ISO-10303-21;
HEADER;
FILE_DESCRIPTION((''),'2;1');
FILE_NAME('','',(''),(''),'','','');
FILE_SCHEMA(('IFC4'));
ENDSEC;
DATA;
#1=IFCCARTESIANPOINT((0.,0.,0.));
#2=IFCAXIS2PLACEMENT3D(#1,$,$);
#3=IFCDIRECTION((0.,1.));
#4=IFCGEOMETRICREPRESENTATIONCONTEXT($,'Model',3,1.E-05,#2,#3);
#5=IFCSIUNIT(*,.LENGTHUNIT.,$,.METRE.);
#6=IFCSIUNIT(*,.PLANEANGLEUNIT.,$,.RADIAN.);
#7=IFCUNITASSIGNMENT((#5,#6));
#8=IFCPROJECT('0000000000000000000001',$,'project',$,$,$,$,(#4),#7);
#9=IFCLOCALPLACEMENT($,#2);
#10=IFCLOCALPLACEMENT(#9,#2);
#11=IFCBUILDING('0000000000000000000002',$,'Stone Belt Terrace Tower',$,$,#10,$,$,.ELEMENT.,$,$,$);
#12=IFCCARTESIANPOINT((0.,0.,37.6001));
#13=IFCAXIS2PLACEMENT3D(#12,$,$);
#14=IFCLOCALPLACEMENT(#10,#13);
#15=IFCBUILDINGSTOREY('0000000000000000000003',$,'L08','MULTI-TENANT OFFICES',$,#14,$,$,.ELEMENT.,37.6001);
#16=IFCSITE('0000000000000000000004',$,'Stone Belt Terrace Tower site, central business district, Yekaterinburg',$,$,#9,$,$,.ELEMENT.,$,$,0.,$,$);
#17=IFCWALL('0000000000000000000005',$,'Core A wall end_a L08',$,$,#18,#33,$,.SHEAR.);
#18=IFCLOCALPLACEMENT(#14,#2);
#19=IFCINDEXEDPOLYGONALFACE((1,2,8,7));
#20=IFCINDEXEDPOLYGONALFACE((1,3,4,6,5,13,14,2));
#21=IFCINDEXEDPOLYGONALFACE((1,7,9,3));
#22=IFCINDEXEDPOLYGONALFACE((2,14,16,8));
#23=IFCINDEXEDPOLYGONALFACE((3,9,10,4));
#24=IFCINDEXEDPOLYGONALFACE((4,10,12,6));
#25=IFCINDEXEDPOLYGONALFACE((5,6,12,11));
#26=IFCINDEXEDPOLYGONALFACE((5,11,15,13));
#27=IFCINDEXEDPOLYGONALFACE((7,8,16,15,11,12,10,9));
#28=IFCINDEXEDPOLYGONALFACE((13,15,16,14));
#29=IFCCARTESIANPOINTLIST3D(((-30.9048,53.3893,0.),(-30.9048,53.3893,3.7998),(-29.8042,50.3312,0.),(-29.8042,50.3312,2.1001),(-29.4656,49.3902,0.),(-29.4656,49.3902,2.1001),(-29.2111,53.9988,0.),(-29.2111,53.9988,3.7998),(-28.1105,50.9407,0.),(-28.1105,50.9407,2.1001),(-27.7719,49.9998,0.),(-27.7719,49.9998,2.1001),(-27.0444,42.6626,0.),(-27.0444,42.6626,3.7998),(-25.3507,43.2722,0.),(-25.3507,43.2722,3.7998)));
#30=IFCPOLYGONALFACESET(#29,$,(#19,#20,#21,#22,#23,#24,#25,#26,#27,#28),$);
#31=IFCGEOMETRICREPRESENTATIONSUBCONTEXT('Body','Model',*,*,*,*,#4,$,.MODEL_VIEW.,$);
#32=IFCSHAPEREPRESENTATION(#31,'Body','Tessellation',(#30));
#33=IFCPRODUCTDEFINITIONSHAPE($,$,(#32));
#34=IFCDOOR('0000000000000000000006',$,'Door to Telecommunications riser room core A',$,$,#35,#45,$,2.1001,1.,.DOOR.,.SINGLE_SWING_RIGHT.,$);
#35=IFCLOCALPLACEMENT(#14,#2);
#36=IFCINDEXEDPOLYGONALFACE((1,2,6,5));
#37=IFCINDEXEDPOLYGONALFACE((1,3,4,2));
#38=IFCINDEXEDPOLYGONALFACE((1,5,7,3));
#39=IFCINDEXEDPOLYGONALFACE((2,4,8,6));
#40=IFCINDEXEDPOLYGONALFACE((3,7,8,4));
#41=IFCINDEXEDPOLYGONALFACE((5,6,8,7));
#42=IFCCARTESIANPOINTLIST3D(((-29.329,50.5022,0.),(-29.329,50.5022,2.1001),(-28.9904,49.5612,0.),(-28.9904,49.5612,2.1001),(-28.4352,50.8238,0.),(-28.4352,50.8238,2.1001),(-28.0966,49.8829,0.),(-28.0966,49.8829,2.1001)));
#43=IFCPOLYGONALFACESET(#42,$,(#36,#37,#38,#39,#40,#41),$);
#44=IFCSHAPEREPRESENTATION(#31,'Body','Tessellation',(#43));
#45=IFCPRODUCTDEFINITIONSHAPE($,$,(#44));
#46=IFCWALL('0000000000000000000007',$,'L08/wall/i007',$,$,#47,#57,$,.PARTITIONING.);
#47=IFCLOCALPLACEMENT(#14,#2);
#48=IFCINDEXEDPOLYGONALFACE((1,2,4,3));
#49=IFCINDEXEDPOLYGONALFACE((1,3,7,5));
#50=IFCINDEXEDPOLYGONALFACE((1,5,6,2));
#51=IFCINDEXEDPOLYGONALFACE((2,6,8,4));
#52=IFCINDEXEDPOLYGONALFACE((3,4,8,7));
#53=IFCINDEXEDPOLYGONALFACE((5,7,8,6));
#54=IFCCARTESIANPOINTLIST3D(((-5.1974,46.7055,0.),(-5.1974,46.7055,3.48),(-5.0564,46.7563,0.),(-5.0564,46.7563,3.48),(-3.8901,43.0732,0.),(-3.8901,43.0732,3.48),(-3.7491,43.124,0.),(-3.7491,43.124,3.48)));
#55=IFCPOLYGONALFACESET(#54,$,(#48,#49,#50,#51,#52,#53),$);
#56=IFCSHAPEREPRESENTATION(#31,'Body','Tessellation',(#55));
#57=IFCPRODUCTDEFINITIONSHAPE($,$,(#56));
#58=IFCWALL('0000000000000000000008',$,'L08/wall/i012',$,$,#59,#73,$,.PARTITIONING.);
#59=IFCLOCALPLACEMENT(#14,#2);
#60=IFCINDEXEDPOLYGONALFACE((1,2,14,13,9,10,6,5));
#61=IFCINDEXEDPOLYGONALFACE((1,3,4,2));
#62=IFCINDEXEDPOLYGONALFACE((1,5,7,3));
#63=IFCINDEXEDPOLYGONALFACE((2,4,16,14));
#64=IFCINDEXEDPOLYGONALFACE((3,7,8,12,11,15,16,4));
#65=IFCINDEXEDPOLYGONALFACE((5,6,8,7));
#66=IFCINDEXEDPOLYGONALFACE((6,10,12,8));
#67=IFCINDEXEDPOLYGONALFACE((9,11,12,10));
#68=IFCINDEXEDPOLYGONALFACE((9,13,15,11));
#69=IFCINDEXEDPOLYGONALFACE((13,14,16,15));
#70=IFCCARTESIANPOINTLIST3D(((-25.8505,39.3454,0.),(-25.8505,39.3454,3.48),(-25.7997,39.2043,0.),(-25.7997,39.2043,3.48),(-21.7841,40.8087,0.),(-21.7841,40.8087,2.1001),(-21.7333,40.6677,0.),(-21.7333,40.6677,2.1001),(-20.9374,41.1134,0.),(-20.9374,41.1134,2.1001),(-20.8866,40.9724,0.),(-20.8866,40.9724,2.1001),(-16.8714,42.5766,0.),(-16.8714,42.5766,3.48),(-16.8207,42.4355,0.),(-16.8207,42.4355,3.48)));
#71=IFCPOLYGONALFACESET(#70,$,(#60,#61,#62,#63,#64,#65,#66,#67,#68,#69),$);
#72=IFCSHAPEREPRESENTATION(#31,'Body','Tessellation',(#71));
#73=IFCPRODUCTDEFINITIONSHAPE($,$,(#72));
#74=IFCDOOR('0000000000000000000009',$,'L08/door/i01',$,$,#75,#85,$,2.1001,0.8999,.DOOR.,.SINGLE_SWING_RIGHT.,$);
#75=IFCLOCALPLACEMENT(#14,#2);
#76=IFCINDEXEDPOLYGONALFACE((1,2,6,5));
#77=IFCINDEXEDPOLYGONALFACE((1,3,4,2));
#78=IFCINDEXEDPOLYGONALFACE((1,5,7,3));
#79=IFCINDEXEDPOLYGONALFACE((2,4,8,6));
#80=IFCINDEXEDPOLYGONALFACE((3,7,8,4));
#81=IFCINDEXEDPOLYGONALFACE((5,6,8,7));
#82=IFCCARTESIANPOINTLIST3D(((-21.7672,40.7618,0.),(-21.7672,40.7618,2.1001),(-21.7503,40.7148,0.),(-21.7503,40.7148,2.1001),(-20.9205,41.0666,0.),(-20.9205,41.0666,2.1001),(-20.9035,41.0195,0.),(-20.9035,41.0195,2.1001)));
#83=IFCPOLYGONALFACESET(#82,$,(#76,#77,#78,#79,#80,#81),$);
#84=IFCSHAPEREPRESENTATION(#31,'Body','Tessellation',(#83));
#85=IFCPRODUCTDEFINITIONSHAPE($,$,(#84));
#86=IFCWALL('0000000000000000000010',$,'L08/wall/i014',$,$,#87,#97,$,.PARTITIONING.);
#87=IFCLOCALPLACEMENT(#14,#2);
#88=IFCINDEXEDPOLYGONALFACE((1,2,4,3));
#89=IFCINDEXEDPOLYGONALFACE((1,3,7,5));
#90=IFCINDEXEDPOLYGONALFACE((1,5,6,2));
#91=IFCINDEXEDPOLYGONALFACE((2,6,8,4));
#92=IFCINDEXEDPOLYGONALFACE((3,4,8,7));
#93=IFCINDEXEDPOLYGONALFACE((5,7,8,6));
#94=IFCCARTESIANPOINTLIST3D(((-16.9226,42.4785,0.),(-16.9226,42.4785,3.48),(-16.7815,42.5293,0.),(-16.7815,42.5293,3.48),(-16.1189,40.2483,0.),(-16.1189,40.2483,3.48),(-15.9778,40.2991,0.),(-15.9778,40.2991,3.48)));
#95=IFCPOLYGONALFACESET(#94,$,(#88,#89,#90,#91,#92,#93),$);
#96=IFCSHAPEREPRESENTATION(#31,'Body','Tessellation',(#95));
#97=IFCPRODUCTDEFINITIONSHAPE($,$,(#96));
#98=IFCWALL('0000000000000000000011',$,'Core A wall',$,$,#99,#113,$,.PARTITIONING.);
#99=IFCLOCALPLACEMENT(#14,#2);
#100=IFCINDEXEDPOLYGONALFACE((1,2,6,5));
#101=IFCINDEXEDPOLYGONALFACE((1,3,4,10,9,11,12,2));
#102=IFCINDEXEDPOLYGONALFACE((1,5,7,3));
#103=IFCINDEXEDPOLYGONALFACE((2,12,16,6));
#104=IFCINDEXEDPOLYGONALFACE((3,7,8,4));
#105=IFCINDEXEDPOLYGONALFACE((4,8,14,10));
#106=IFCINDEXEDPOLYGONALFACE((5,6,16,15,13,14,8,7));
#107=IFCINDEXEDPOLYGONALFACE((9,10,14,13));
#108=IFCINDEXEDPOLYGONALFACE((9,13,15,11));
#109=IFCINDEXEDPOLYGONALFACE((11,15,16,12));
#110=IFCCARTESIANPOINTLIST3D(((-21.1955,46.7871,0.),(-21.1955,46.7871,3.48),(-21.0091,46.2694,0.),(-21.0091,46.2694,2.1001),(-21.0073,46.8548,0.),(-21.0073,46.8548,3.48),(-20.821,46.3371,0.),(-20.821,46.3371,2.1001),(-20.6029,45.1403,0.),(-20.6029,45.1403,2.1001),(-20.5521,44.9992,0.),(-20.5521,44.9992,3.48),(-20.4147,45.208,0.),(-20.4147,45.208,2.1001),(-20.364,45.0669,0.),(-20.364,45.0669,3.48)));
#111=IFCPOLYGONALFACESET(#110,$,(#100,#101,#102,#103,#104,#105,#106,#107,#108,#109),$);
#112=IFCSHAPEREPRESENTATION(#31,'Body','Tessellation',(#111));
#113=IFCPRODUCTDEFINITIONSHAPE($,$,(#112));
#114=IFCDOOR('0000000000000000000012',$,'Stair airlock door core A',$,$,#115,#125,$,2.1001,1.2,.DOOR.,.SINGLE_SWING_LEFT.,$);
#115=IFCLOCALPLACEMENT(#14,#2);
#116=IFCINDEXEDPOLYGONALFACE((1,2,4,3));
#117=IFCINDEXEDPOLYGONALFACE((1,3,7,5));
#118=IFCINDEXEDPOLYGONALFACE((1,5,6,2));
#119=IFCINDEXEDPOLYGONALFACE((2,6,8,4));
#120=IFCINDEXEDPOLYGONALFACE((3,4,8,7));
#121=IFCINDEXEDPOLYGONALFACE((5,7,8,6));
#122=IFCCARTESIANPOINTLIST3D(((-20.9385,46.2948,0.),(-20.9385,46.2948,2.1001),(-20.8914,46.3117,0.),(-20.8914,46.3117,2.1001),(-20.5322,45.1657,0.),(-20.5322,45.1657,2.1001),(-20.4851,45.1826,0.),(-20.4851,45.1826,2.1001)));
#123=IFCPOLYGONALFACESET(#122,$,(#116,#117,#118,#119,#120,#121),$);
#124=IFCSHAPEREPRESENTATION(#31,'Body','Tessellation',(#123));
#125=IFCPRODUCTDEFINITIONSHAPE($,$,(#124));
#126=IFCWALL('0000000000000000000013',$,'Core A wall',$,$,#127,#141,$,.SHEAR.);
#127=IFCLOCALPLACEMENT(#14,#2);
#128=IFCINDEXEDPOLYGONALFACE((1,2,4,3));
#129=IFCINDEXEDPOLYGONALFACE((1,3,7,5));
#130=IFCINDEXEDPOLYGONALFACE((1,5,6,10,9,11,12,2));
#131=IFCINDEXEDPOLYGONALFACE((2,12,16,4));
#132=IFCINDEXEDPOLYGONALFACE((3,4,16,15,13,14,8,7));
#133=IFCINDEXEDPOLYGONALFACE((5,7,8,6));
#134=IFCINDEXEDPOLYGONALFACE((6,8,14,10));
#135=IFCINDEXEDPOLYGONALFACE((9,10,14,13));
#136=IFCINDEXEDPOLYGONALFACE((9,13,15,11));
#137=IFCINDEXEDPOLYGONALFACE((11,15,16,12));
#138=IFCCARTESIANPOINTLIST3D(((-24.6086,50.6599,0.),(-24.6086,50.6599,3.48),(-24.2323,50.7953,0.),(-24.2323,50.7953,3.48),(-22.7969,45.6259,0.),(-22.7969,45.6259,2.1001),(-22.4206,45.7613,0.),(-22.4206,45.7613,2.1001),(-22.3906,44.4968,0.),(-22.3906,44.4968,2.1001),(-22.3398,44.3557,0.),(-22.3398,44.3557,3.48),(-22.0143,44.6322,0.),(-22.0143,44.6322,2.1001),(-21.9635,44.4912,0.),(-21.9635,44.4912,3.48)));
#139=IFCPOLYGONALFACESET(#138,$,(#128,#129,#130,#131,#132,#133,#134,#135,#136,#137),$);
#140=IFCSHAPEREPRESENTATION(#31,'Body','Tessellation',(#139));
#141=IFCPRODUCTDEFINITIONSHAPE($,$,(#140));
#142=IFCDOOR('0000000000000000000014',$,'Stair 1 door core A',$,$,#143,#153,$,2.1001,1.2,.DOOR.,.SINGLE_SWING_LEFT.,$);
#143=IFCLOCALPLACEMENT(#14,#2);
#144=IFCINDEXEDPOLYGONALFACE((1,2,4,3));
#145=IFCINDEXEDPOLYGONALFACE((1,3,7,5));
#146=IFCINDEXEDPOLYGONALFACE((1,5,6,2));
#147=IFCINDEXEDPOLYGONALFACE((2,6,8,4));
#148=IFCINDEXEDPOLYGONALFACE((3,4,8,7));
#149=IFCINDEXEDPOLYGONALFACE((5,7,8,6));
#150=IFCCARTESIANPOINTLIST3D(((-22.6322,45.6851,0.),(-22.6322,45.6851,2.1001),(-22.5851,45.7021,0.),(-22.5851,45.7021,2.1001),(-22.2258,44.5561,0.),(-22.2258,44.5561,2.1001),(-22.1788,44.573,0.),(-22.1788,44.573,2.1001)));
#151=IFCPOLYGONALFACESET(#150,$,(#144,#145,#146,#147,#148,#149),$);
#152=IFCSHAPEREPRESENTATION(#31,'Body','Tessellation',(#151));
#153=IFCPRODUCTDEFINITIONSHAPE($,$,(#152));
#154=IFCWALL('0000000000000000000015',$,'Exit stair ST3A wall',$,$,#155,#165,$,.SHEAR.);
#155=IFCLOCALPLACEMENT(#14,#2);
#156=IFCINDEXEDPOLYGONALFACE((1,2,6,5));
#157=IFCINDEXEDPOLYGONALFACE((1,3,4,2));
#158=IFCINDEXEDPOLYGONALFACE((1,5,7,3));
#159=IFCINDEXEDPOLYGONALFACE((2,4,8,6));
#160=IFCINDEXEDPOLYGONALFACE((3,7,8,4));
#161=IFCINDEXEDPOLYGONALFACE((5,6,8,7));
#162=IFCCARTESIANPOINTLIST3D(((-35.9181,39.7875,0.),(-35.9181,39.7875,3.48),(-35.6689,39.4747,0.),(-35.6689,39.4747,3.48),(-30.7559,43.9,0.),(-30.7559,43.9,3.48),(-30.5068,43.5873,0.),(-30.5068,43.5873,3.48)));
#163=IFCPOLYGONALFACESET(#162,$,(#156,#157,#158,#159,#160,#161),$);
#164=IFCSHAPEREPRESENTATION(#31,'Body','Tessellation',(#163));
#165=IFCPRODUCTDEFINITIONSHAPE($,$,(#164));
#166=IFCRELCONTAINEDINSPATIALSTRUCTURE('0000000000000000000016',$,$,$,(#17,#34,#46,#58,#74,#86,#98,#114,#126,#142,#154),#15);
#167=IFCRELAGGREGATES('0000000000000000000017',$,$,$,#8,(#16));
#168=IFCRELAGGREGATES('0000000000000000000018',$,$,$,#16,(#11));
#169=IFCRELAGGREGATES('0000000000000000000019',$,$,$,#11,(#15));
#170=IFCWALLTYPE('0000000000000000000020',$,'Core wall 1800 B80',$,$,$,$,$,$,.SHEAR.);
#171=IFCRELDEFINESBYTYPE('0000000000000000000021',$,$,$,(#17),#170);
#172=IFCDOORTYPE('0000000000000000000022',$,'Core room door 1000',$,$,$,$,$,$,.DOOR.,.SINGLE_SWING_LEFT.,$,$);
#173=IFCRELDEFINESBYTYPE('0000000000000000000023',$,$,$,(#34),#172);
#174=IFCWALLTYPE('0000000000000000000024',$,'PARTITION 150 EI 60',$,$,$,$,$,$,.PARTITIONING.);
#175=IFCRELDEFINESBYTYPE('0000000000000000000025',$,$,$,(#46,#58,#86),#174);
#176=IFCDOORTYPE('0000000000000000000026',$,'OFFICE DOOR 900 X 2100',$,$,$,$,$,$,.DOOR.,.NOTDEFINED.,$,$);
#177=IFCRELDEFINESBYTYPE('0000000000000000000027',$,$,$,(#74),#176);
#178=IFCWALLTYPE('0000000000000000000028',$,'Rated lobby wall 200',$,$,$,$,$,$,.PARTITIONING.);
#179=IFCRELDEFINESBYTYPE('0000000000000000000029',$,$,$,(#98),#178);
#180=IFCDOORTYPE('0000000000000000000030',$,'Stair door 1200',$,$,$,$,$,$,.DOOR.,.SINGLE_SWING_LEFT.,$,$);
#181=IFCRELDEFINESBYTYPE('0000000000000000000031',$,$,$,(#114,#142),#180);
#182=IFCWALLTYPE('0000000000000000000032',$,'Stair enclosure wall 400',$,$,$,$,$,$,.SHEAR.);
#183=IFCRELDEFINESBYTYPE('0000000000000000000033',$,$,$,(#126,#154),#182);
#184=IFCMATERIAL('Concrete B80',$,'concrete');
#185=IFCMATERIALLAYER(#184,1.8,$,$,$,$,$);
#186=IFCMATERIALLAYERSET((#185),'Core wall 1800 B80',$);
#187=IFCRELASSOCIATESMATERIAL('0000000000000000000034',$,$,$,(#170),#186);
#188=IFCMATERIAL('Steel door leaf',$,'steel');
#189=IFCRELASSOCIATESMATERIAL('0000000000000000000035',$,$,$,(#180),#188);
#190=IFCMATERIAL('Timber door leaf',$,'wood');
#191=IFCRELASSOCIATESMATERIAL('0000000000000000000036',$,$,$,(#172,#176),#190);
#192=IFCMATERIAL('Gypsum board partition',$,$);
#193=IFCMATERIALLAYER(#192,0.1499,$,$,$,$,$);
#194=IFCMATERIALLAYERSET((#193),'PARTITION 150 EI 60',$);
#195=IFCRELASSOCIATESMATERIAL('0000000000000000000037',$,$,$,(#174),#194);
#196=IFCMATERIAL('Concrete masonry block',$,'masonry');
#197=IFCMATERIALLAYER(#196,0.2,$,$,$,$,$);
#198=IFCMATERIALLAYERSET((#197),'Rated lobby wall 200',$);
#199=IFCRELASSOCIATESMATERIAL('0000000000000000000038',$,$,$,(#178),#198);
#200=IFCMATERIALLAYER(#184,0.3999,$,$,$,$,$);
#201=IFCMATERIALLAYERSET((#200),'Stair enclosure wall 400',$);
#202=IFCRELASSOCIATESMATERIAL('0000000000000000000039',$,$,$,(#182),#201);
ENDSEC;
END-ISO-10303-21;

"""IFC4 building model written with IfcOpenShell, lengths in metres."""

from ifc_helpers import new_model, si_unit, direction, frame, frame_2d, origin, place, context, subcontext, project, spatial, rectangle, extrude, material, layer, layer_set, type_object, element, fill, save


model = new_model("IFC4")

# Units and contexts
model_context = context("Model", 3, precision=1e-05, world=origin(), true_north=direction((0.0, 1.0)))
body_context = subcontext(model_context, "Body", "Model", "MODEL_VIEW")
ifc_project = project(units=[si_unit("LENGTHUNIT", "METRE"), si_unit("PLANEANGLEUNIT", "RADIAN")], contexts=[model_context])

# Site, building, storey
site_placement = place(None, origin())
site = spatial("IfcSite", under=ifc_project, at=site_placement, Name="Stone Belt Terrace Tower site, central business district, Yekaterinburg", CompositionType="ELEMENT", RefElevation=0.0)
building_placement = place(site_placement, origin())
building = spatial("IfcBuilding", under=site, at=building_placement, Name="Stone Belt Terrace Tower", CompositionType="ELEMENT")
storey_placement = place(building_placement, frame((0.0, 0.0, 37.6001)))
storey = spatial("IfcBuildingStorey", under=building, at=storey_placement, Name="L08", Description="MULTI-TENANT OFFICES", CompositionType="ELEMENT", Elevation=37.6001)

# Shared definitions
ifc_material_1 = material(Name="Concrete B80", Category="concrete")

# Shared definitions
ifc_layer_1 = layer(ifc_material_1, 1.8)
ifc_layer_set_1 = layer_set([ifc_layer_1], Name="Core wall 1800 B80")
wall_type_1 = type_object("IfcWallType", Name="Core wall 1800 B80", PredefinedType="SHEAR", material=ifc_layer_set_1)
ifc_material_2 = material(Name="Steel door leaf", Category="steel")
door_type_1 = type_object("IfcDoorType", Name="Stair door 1200", OperationType="SINGLE_SWING_LEFT", PredefinedType="DOOR", material=ifc_material_2)

# Wall, opening, door
wall_1_placement = place(storey_placement, frame((-26.1975, 42.9673, 0.0), z_axis=(0.0, 0.0, 1.0), x_axis=(-0.338625, 0.940921, 0.0)))
wall_1 = element("IfcWall", 1, at=wall_1_placement, inside=storey, type_object=wall_type_1, Name="Core A wall end_a L08", PredefinedType="SHEAR", context=body_context, shape_type="SweptSolid", body=[
    extrude(rectangle(XDim=11.4001, YDim=1.8, at=frame_2d((5.7002, 0.0))), origin(), (0.0, 0.0, 1.0), 3.7998),
])
opening_1_placement = place(wall_1_placement, frame((7.1501, 0.0, 0.0)))
opening_1 = element("IfcOpeningElement", 2, at=opening_1_placement, cuts=wall_1, PredefinedType="OPENING", context=body_context, shape_type="SweptSolid", body=[
    extrude(rectangle(XDim=1.0, YDim=2.1001, at=frame_2d((0.5, 1.05))), frame((0.0, 0.9099, 0.0), z_axis=(0.0, -1.0, 0.0), x_axis=(1.0, 0.0, 0.0)), (0.0, 0.0, 1.0), 1.8201),
])
ifc_material_3 = material(Name="Timber door leaf", Category="wood")
door_type_2 = type_object("IfcDoorType", Name="Core room door 1000", OperationType="SINGLE_SWING_LEFT", PredefinedType="DOOR", material=ifc_material_3)
door_1_placement = place(opening_1_placement, origin())
door_1 = element("IfcDoor", 3, at=door_1_placement, inside=storey, type_object=door_type_2, Name="Door to Telecommunications riser room core A", OperationType="SINGLE_SWING_RIGHT", OverallHeight=2.1001, OverallWidth=1.0, PredefinedType="DOOR", context=body_context, shape_type="SweptSolid", body=[
    extrude(rectangle(XDim=1.0, YDim=2.1001, at=frame_2d((0.5, 1.05))), frame((0.0, 0.395, 0.0), z_axis=(0.0, -1.0, 0.0), x_axis=(1.0, 0.0, 0.0)), (0.0, 0.0, 1.0), 0.95),
])
fill(opening_1, door_1)

# Wall
ifc_material_4 = material(Name="Gypsum board partition")
ifc_layer_2 = layer(ifc_material_4, 0.1499)
ifc_layer_set_2 = layer_set([ifc_layer_2], Name="PARTITION 150 EI 60")
wall_type_2 = type_object("IfcWallType", Name="PARTITION 150 EI 60", PredefinedType="PARTITIONING", material=ifc_layer_set_2)
wall_2_placement = place(storey_placement, frame((-3.8196, 43.0986, 0.0), z_axis=(0.0, 0.0, 1.0), x_axis=(-0.338659, 0.940909, 0.0)))
element("IfcWall", 4, at=wall_2_placement, inside=storey, type_object=wall_type_2, Name="L08/wall/i007", PredefinedType="PARTITIONING", context=body_context, shape_type="SweptSolid", body=[
    extrude(rectangle(XDim=3.8604, YDim=0.1499, at=frame_2d((1.9302, 0.0))), origin(), (0.0, 0.0, 1.0), 3.48),
])

# Wall, opening, door
wall_3_placement = place(storey_placement, frame((-16.8459, 42.5061, 0.0), z_axis=(0.0, 0.0, 1.0), x_axis=(-0.940929, -0.338604, 0.0)))
wall_3 = element("IfcWall", 5, at=wall_3_placement, inside=storey, type_object=wall_type_2, Name="L08/wall/i012", PredefinedType="PARTITIONING", context=body_context, shape_type="SweptSolid", body=[
    extrude(rectangle(XDim=9.5427, YDim=0.1499, at=frame_2d((4.7715, 0.0))), origin(), (0.0, 0.0, 1.0), 3.48),
])
opening_2_placement = place(wall_3_placement, frame((4.3213, 0.0, 0.0)))
opening_2 = element("IfcOpeningElement", 6, at=opening_2_placement, cuts=wall_3, PredefinedType="OPENING", context=body_context, shape_type="SweptSolid", body=[
    extrude(rectangle(XDim=0.8999, YDim=2.1001, at=frame_2d((0.45, 1.05))), frame((0.0, 0.085, 0.0), z_axis=(0.0, -1.0, 0.0), x_axis=(1.0, 0.0, 0.0)), (0.0, 0.0, 1.0), 0.1699),
])
door_type_3 = type_object("IfcDoorType", Name="OFFICE DOOR 900 X 2100", OperationType="NOTDEFINED", PredefinedType="DOOR", material=ifc_material_3)
door_2_placement = place(opening_2_placement, origin())
door_2 = element("IfcDoor", 7, at=door_2_placement, inside=storey, type_object=door_type_3, Name="L08/door/i01", OperationType="SINGLE_SWING_RIGHT", OverallHeight=2.1001, OverallWidth=0.8999, PredefinedType="DOOR", context=body_context, shape_type="SweptSolid", body=[
    extrude(rectangle(XDim=0.8999, YDim=2.1001, at=frame_2d((0.45, 1.05))), frame((0.0, 0.0249, 0.0), z_axis=(0.0, -1.0, 0.0), x_axis=(1.0, 0.0, 0.0)), (0.0, 0.0, 1.0), 0.05),
])
fill(opening_2, door_2)

# Wall
wall_4_placement = place(storey_placement, frame((-16.8521, 42.5039, 0.0), z_axis=(0.0, 0.0, 1.0), x_axis=(0.339029, -0.940776, 0.0)))
element("IfcWall", 8, at=wall_4_placement, inside=storey, type_object=wall_type_2, Name="L08/wall/i014", PredefinedType="PARTITIONING", context=body_context, shape_type="SweptSolid", body=[
    extrude(rectangle(XDim=2.3706, YDim=0.1499, at=frame_2d((1.1853, 0.0))), origin(), (0.0, 0.0, 1.0), 3.48),
])

# Walls, openings, doors
ifc_material_5 = material(Name="Concrete masonry block", Category="masonry")
ifc_layer_3 = layer(ifc_material_5, 0.2)
ifc_layer_set_3 = layer_set([ifc_layer_3], Name="Rated lobby wall 200")
wall_type_3 = type_object("IfcWallType", Name="Rated lobby wall 200", PredefinedType="PARTITIONING", material=ifc_layer_set_3)
wall_5_placement = place(storey_placement, frame((-20.458, 45.033, 0.0), z_axis=(0.0, 0.0, 1.0), x_axis=(-0.338574, 0.94094, 0.0)))
wall_5 = element("IfcWall", 9, at=wall_5_placement, inside=storey, type_object=wall_type_3, Name="Core A wall", PredefinedType="PARTITIONING", context=body_context, shape_type="SweptSolid", body=[
    extrude(rectangle(XDim=1.9001, YDim=0.2, at=frame_2d((0.9502, 0.0))), origin(), (0.0, 0.0, 1.0), 3.48),
])
opening_3_placement = place(wall_5_placement, frame((0.1499, 0.0, 0.0)))
opening_3 = element("IfcOpeningElement", 10, at=opening_3_placement, cuts=wall_5, PredefinedType="OPENING", context=body_context, shape_type="SweptSolid", body=[
    extrude(rectangle(XDim=1.2, YDim=2.1001, at=frame_2d((0.6001, 1.05))), frame((0.0, 0.1099, 0.0), z_axis=(0.0, -1.0, 0.0), x_axis=(1.0, 0.0, 0.0)), (0.0, 0.0, 1.0), 0.22),
])
door_3_placement = place(opening_3_placement, origin())
door_3 = element("IfcDoor", 11, at=door_3_placement, inside=storey, type_object=door_type_1, Name="Stair airlock door core A", OperationType="SINGLE_SWING_LEFT", OverallHeight=2.1001, OverallWidth=1.2, PredefinedType="DOOR", context=body_context, shape_type="SweptSolid", body=[
    extrude(rectangle(XDim=1.2, YDim=2.1001, at=frame_2d((0.6001, 1.05))), frame((0.0, 0.0249, 0.0), z_axis=(0.0, -1.0, 0.0), x_axis=(1.0, 0.0, 0.0)), (0.0, 0.0, 1.0), 0.05),
])
fill(opening_3, door_3)
ifc_layer_4 = layer(ifc_material_1, 0.3999)
ifc_layer_set_4 = layer_set([ifc_layer_4], Name="Stair enclosure wall 400")
wall_type_4 = type_object("IfcWallType", Name="Stair enclosure wall 400", PredefinedType="SHEAR", material=ifc_layer_set_4)
wall_6_placement = place(storey_placement, frame((-22.1516, 44.4233, 0.0), z_axis=(0.0, 0.0, 1.0), x_axis=(-0.338625, 0.940921, 0.0)))
wall_6 = element("IfcWall", 12, at=wall_6_placement, inside=storey, type_object=wall_type_4, Name="Core A wall", PredefinedType="SHEAR", context=body_context, shape_type="SweptSolid", body=[
    extrude(rectangle(XDim=6.7, YDim=0.3999, at=frame_2d((3.3501, 0.0))), origin(), (0.0, 0.0, 1.0), 3.48),
])
opening_4_placement = place(wall_6_placement, frame((0.1499, 0.0, 0.0)))
opening_4 = element("IfcOpeningElement", 13, at=opening_4_placement, cuts=wall_6, PredefinedType="OPENING", context=body_context, shape_type="SweptSolid", body=[
    extrude(rectangle(XDim=1.2, YDim=2.1001, at=frame_2d((0.6001, 1.05))), frame((0.0, 0.21, 0.0), z_axis=(0.0, -1.0, 0.0), x_axis=(1.0, 0.0, 0.0)), (0.0, 0.0, 1.0), 0.4199),
])
door_4_placement = place(opening_4_placement, origin())
door_4 = element("IfcDoor", 14, at=door_4_placement, inside=storey, type_object=door_type_1, Name="Stair 1 door core A", OperationType="SINGLE_SWING_LEFT", OverallHeight=2.1001, OverallWidth=1.2, PredefinedType="DOOR", context=body_context, shape_type="SweptSolid", body=[
    extrude(rectangle(XDim=1.2, YDim=2.1001, at=frame_2d((0.6001, 1.05))), frame((0.0, 0.0249, 0.0), z_axis=(0.0, -1.0, 0.0), x_axis=(1.0, 0.0, 0.0)), (0.0, 0.0, 1.0), 0.05),
])
fill(opening_4, door_4)

# Wall
wall_7_placement = place(storey_placement, frame((-30.6313, 43.7437, 0.0), z_axis=(0.0, 0.0, 1.0), x_axis=(-0.782134, -0.62311, 0.0)))
element("IfcWall", 15, at=wall_7_placement, inside=storey, type_object=wall_type_4, Name="Exit stair ST3A wall", PredefinedType="SHEAR", context=body_context, shape_type="SweptSolid", body=[
    extrude(rectangle(XDim=6.6001, YDim=0.3999, at=frame_2d((3.3, 0.0))), origin(), (0.0, 0.0, 1.0), 3.48),
])

save(model, "model.ifc")
